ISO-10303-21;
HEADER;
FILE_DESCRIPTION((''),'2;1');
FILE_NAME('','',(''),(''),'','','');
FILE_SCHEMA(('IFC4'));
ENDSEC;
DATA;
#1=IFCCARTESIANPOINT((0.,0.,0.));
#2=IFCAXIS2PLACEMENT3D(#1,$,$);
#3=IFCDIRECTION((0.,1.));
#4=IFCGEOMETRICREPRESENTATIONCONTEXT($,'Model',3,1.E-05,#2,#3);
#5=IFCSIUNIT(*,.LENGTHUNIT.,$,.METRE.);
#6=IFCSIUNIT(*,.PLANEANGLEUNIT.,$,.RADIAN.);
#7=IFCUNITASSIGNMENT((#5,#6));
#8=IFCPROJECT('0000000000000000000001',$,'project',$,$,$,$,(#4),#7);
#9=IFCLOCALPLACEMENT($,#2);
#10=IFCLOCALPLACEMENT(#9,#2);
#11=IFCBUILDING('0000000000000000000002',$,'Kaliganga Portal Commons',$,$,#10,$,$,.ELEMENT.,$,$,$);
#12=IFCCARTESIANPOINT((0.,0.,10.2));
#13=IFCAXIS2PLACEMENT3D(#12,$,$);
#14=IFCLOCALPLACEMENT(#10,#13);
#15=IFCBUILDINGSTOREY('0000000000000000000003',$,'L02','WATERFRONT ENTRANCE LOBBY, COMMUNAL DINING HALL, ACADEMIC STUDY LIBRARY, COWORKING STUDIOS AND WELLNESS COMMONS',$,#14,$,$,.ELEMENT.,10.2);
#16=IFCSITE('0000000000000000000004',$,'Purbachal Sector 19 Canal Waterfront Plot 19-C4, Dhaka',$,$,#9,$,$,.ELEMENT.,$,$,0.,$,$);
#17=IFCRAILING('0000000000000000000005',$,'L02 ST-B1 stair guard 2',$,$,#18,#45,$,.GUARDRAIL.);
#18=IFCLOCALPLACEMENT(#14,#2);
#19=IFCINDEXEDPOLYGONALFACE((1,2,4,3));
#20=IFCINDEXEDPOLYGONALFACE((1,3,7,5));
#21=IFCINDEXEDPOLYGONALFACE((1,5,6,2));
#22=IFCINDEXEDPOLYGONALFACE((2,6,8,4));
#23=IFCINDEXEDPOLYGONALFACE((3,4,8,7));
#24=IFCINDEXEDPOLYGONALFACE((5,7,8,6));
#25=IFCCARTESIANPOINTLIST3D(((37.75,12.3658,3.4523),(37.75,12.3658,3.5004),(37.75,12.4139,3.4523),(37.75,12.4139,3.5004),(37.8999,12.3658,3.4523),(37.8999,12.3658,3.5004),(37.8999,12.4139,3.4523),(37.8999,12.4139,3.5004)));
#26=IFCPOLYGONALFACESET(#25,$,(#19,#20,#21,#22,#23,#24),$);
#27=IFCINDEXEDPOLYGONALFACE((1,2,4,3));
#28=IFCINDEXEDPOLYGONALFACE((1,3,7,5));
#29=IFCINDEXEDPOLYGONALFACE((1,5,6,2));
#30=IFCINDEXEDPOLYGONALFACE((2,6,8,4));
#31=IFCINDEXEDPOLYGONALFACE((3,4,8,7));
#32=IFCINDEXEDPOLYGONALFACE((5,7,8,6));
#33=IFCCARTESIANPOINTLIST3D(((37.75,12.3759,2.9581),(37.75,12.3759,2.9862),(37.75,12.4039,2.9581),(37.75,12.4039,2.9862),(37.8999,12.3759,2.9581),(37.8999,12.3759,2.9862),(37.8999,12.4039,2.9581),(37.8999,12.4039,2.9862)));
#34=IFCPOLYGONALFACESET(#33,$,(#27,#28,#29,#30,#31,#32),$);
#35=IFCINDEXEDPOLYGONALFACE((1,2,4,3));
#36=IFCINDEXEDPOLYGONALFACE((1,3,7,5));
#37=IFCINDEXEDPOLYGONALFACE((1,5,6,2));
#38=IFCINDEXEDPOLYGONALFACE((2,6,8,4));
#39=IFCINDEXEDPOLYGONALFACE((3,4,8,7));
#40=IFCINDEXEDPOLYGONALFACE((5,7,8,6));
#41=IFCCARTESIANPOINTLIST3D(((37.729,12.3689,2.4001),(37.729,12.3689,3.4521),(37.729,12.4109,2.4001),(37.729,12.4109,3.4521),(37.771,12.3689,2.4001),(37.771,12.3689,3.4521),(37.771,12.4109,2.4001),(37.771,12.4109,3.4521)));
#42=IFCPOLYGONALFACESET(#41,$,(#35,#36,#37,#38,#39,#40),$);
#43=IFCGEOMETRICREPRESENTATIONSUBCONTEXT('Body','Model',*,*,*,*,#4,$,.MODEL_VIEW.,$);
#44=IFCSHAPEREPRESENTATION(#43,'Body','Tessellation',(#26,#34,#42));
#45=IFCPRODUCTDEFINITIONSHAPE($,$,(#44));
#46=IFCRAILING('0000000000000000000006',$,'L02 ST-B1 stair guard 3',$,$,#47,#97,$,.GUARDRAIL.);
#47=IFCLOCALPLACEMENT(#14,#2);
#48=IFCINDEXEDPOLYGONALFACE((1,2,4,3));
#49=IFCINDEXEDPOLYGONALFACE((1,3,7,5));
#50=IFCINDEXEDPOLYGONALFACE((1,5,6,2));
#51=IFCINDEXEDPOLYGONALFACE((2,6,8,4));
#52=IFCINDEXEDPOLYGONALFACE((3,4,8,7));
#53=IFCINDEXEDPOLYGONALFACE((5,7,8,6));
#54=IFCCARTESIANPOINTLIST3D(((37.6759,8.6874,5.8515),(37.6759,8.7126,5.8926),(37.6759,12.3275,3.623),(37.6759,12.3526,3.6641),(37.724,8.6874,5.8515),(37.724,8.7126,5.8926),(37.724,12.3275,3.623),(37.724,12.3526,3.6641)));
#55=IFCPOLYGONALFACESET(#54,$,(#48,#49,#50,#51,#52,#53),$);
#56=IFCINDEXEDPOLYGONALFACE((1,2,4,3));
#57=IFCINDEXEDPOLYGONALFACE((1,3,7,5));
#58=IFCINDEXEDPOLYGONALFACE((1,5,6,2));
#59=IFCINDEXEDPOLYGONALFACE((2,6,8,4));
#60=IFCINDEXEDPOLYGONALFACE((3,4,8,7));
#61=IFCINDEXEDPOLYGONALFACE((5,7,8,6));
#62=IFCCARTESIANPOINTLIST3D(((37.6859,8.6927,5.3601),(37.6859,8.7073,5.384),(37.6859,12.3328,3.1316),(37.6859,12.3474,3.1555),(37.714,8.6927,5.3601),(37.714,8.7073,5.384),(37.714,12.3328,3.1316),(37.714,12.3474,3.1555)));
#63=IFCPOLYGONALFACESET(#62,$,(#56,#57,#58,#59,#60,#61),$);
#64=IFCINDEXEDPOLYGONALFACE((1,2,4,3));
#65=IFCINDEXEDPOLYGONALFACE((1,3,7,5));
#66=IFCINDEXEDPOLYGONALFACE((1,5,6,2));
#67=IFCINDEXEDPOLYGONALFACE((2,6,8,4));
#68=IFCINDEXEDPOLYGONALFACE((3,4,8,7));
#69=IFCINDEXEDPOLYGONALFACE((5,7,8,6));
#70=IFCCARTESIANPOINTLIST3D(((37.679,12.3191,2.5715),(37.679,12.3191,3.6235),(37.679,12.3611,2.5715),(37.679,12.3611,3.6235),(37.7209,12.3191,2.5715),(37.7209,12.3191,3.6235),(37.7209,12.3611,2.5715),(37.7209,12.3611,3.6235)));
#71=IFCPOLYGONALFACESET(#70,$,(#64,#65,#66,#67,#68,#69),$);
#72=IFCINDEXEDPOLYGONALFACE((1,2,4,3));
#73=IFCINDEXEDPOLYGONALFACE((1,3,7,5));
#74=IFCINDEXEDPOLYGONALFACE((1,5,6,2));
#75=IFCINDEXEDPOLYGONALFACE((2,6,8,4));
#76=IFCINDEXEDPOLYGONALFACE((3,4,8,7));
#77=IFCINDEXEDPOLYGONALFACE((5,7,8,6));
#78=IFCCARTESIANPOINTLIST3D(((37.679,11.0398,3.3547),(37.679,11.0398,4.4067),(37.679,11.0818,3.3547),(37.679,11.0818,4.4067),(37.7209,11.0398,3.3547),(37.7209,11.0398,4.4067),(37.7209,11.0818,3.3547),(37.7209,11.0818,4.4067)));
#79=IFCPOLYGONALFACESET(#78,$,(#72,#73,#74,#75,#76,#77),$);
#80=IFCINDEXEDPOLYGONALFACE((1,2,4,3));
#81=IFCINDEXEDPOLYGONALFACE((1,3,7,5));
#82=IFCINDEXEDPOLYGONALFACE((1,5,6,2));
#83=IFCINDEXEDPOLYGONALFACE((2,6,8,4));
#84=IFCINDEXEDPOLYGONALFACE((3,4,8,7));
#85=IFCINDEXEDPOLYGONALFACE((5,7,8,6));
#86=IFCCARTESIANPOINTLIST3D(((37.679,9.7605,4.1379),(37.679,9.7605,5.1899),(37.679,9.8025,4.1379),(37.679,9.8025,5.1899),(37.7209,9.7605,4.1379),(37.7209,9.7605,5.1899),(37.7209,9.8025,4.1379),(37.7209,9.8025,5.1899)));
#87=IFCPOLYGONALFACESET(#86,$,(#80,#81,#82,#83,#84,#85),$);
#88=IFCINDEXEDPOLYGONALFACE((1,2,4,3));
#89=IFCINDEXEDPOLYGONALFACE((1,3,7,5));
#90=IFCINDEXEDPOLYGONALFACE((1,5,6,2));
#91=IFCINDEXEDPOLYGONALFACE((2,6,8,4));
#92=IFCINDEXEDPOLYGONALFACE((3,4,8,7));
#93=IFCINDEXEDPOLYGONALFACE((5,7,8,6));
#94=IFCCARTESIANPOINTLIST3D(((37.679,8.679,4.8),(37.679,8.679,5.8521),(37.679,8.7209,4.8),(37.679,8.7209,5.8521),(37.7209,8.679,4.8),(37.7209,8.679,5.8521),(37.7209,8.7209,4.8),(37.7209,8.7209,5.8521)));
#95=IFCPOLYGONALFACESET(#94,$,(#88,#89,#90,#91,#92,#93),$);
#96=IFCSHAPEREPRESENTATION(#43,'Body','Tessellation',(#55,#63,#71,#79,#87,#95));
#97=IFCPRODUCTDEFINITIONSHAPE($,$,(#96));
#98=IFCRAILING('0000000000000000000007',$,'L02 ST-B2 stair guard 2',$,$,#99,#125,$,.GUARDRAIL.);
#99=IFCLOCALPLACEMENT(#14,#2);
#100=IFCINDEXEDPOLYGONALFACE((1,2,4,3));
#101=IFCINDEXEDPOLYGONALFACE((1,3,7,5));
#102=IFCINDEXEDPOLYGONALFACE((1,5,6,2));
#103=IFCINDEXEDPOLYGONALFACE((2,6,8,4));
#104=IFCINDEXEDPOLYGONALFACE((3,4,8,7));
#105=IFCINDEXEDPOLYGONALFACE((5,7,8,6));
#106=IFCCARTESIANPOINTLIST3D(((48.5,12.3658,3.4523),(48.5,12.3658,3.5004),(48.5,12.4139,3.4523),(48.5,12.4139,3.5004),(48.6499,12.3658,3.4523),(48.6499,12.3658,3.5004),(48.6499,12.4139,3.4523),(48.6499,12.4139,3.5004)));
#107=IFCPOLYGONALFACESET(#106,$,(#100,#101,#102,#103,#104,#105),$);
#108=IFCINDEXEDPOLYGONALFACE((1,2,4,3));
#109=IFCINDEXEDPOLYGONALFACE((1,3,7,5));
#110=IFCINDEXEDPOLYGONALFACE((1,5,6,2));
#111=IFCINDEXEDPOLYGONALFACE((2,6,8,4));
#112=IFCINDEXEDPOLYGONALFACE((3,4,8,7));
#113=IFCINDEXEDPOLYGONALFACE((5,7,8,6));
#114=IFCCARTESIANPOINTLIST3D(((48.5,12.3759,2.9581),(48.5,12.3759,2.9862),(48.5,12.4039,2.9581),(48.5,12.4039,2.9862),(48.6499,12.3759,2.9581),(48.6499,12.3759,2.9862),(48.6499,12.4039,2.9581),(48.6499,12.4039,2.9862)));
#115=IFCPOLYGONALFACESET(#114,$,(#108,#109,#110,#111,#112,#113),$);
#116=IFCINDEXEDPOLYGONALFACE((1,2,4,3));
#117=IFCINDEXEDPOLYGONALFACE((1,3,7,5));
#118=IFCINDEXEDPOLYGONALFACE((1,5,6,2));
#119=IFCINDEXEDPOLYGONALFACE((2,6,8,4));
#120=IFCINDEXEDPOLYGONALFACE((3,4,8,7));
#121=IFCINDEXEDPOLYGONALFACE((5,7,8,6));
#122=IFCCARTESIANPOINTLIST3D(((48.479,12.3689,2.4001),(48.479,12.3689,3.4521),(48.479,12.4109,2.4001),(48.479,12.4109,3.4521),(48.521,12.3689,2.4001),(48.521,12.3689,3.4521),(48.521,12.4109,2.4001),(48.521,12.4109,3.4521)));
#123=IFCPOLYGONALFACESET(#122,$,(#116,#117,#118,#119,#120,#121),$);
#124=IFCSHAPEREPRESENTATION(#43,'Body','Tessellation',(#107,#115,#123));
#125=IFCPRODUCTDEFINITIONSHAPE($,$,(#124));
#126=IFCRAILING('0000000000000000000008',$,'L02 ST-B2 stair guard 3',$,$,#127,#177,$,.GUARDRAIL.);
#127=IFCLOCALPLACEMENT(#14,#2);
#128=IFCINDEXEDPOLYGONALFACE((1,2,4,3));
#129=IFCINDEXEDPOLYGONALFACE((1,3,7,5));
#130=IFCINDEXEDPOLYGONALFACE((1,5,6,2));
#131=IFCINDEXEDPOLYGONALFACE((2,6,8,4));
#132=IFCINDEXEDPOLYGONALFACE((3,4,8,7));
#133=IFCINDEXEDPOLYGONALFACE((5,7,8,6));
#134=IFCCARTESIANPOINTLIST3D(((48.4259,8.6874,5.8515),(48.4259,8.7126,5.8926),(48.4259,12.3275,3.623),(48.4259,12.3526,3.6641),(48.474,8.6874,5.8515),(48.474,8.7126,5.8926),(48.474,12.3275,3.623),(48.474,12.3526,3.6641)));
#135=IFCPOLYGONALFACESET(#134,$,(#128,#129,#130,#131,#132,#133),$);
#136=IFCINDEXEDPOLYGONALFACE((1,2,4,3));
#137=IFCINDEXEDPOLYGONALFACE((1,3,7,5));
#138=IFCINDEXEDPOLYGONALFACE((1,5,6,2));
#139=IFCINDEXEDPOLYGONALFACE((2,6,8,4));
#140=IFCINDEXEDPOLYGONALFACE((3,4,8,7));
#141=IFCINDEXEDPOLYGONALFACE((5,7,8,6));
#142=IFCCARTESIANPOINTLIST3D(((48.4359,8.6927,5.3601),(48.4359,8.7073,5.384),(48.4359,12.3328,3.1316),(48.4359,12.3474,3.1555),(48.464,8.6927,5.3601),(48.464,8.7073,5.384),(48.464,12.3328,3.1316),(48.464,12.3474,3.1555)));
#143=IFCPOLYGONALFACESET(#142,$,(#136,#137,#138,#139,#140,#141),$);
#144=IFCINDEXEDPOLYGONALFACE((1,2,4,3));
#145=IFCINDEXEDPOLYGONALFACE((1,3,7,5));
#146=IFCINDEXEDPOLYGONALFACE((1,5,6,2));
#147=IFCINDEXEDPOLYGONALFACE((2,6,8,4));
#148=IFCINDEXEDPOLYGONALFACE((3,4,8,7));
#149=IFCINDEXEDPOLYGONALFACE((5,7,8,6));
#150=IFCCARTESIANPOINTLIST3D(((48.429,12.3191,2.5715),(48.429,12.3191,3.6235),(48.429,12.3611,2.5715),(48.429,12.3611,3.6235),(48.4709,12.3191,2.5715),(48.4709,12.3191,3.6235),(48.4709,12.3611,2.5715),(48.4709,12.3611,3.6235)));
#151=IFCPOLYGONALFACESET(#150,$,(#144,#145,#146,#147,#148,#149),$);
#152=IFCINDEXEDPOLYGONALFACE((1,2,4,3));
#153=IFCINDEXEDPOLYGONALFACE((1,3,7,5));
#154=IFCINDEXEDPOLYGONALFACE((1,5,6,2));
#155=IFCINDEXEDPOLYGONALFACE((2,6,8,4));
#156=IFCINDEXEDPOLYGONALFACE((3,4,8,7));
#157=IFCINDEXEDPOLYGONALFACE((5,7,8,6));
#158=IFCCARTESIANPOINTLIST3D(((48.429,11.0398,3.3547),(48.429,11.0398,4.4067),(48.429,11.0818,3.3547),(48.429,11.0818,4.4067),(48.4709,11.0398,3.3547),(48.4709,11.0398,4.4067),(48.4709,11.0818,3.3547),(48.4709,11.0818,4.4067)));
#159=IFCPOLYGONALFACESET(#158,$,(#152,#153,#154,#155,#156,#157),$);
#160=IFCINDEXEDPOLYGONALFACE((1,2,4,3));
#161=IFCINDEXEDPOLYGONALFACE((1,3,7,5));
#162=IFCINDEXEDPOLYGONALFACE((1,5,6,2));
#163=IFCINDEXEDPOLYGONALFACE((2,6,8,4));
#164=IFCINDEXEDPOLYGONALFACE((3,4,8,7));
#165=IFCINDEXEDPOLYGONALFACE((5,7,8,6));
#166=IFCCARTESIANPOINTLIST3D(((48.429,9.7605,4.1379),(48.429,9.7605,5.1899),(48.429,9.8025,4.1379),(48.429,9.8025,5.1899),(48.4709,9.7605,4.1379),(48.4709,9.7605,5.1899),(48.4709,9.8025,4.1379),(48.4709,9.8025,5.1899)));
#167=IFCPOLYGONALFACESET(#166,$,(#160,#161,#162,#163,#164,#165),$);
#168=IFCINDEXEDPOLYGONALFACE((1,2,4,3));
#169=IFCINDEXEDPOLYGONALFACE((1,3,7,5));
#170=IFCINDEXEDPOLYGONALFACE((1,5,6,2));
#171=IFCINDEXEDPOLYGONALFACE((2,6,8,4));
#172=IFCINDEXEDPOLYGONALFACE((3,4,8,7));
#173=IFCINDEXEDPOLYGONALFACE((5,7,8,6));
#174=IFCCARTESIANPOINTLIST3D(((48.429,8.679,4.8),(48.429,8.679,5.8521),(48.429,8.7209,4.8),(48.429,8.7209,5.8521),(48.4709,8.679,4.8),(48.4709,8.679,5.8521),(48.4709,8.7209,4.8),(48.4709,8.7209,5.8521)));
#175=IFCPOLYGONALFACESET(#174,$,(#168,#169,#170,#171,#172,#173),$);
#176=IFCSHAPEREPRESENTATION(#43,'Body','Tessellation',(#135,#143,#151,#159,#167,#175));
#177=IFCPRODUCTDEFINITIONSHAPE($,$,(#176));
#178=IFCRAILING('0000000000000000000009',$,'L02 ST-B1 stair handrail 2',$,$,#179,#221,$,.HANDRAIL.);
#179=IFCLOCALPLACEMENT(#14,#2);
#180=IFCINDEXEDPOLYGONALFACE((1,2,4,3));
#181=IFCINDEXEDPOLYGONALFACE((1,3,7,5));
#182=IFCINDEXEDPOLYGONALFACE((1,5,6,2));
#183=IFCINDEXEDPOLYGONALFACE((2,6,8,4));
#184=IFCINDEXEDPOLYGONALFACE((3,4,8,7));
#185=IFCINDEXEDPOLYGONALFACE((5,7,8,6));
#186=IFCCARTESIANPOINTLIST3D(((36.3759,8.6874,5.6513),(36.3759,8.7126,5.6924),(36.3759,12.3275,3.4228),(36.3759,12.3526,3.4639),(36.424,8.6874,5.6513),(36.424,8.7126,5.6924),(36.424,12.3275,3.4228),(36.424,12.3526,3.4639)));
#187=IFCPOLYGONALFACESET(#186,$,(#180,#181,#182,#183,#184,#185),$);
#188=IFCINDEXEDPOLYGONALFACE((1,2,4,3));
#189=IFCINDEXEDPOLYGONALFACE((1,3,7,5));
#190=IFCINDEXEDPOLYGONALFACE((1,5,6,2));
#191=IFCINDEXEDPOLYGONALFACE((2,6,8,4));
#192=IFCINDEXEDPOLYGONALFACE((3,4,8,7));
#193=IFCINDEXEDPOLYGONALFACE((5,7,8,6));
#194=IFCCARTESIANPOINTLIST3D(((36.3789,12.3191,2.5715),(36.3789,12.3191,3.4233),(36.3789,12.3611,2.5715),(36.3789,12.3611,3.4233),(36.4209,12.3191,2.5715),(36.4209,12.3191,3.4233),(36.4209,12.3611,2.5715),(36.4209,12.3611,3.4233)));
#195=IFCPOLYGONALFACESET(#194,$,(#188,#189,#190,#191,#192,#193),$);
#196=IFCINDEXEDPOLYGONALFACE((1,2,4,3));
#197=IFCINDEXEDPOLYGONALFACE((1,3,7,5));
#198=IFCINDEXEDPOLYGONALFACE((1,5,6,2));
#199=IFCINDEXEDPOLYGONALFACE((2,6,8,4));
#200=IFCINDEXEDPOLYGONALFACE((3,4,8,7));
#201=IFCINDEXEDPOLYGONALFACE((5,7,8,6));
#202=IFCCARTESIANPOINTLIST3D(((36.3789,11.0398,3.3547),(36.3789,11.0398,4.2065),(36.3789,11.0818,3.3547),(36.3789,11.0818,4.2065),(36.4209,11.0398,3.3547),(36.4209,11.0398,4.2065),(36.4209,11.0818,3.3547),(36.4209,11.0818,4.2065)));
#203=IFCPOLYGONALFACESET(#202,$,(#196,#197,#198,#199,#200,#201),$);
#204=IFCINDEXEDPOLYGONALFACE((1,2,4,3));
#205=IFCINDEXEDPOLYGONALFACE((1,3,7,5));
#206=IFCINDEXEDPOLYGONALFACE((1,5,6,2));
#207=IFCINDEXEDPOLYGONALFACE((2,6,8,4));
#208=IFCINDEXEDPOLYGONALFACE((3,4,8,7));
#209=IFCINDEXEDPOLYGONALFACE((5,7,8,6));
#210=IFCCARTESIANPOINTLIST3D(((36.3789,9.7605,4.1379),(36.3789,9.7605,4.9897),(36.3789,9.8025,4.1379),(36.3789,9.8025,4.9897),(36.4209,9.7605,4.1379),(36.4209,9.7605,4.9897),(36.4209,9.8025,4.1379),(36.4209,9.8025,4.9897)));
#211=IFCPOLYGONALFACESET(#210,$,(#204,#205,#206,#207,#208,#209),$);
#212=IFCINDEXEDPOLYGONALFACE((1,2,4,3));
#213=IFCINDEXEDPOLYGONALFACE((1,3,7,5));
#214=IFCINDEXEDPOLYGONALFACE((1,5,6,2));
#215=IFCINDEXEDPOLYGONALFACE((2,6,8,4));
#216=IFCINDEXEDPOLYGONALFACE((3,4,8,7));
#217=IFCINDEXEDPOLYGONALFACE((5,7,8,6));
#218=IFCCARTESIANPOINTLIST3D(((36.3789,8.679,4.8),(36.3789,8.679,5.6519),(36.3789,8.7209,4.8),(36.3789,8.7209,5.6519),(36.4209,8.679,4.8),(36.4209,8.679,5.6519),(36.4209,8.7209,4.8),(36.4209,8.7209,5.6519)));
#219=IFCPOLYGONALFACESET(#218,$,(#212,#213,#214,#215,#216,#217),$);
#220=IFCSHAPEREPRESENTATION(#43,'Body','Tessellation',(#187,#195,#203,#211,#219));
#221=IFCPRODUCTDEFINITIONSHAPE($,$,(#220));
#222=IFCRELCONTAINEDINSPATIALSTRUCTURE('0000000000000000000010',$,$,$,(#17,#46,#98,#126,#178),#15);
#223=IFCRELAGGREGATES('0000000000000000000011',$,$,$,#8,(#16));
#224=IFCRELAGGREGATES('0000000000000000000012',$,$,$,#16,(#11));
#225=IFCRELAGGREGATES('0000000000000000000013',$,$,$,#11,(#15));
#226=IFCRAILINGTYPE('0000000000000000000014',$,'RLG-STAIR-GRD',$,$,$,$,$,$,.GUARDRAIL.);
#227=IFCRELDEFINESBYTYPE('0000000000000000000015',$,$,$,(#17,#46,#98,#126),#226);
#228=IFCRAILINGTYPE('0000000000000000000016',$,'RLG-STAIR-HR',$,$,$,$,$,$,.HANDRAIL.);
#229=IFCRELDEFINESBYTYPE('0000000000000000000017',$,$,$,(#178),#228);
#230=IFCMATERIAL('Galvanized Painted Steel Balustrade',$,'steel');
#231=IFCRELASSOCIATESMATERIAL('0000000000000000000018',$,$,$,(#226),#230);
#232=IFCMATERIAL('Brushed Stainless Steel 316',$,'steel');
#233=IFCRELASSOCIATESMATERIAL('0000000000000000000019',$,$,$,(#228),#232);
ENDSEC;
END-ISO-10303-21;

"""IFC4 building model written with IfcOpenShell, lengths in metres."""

from ifc_helpers import new_model, si_unit, direction, frame, origin, origin_2d, place, context, subcontext, project, spatial, rectangle, extrude, material, type_object, element, save


model = new_model("IFC4")

# Units and contexts
model_context = context("Model", 3, precision=1e-05, world=origin(), true_north=direction((0.0, 1.0)))
body_context = subcontext(model_context, "Body", "Model", "MODEL_VIEW")
ifc_project = project(units=[si_unit("LENGTHUNIT", "METRE"), si_unit("PLANEANGLEUNIT", "RADIAN")], contexts=[model_context])

# Site, building, storey
site_placement = place(None, origin())
site = spatial("IfcSite", under=ifc_project, at=site_placement, Name="Purbachal Sector 19 Canal Waterfront Plot 19-C4, Dhaka", CompositionType="ELEMENT", RefElevation=0.0)
building_placement = place(site_placement, origin())
building = spatial("IfcBuilding", under=site, at=building_placement, Name="Kaliganga Portal Commons", CompositionType="ELEMENT")
storey_placement = place(building_placement, frame((0.0, 0.0, 10.2)))
storey = spatial("IfcBuildingStorey", under=building, at=storey_placement, Name="L02", Description="WATERFRONT ENTRANCE LOBBY, COMMUNAL DINING HALL, ACADEMIC STUDY LIBRARY, COWORKING STUDIOS AND WELLNESS COMMONS", CompositionType="ELEMENT", Elevation=10.2)

# Railings
ifc_material_1 = material(Name="Galvanized Painted Steel Balustrade", Category="steel")
railing_type_1 = type_object("IfcRailingType", Name="RLG-STAIR-GRD", PredefinedType="GUARDRAIL", material=ifc_material_1)
railing_1_placement = place(storey_placement, frame((37.8999, 12.3899, 2.4001)))
element("IfcRailing", 1, at=railing_1_placement, inside=storey, type_object=railing_type_1, Name="L02 ST-B1 stair guard 2", PredefinedType="GUARDRAIL", context=body_context, shape_type="SweptSolid", body=[
    extrude(rectangle(XDim=0.0481, YDim=0.0481, at=origin_2d()), frame((0.0, 0.0, 1.0762), z_axis=(-1.0, 0.0, 0.0), x_axis=(0.0, -1.0, 0.0)), (0.0, 0.0, 1.0), 0.1499),
    extrude(rectangle(XDim=0.0281, YDim=0.0281, at=origin_2d()), frame((0.0, 0.0, 0.572), z_axis=(-1.0, 0.0, 0.0), x_axis=(0.0, -1.0, 0.0)), (0.0, 0.0, 1.0), 0.1499),
    extrude(rectangle(XDim=0.042, YDim=0.042, at=origin_2d()), frame((-0.1499, 0.0, 0.0)), (0.0, 0.0, 1.0), 1.052),
])
railing_2_placement = place(storey_placement, frame((37.7, 12.3401, 2.5715)))
element("IfcRailing", 2, at=railing_2_placement, inside=storey, type_object=railing_type_1, Name="L02 ST-B1 stair guard 3", PredefinedType="GUARDRAIL", context=body_context, shape_type="SweptSolid", body=[
    extrude(rectangle(XDim=0.0481, YDim=0.0481, at=origin_2d()), frame((0.0, 0.0, 1.072), z_axis=(0.0, -0.852866, 0.52213), x_axis=(1.0, 0.0, 0.0)), (0.0, 0.0, 1.0), 4.2681),
    extrude(rectangle(XDim=0.0281, YDim=0.0281, at=origin_2d()), frame((0.0, 0.0, 0.572), z_axis=(0.0, -0.852866, 0.52213), x_axis=(1.0, 0.0, 0.0)), (0.0, 0.0, 1.0), 4.2681),
    extrude(rectangle(XDim=0.042, YDim=0.042, at=origin_2d()), origin(), (0.0, 0.0, 1.0), 1.052),
    extrude(rectangle(XDim=0.042, YDim=0.042, at=origin_2d()), frame((0.0, -1.2793, 0.7832)), (0.0, 0.0, 1.0), 1.052),
    extrude(rectangle(XDim=0.042, YDim=0.042, at=origin_2d()), frame((0.0, -2.5586, 1.5664)), (0.0, 0.0, 1.0), 1.052),
    extrude(rectangle(XDim=0.042, YDim=0.042, at=origin_2d()), frame((0.0, -3.6401, 2.2285)), (0.0, 0.0, 1.0), 1.052),
])
railing_3_placement = place(storey_placement, frame((48.6499, 12.3899, 2.4001)))
element("IfcRailing", 3, at=railing_3_placement, inside=storey, type_object=railing_type_1, Name="L02 ST-B2 stair guard 2", PredefinedType="GUARDRAIL", context=body_context, shape_type="SweptSolid", body=[
    extrude(rectangle(XDim=0.0481, YDim=0.0481, at=origin_2d()), frame((0.0, 0.0, 1.0762), z_axis=(-1.0, 0.0, 0.0), x_axis=(0.0, -1.0, 0.0)), (0.0, 0.0, 1.0), 0.1499),
    extrude(rectangle(XDim=0.0281, YDim=0.0281, at=origin_2d()), frame((0.0, 0.0, 0.572), z_axis=(-1.0, 0.0, 0.0), x_axis=(0.0, -1.0, 0.0)), (0.0, 0.0, 1.0), 0.1499),
    extrude(rectangle(XDim=0.042, YDim=0.042, at=origin_2d()), frame((-0.1499, 0.0, 0.0)), (0.0, 0.0, 1.0), 1.052),
])
railing_4_placement = place(storey_placement, frame((48.45, 12.3401, 2.5715)))
element("IfcRailing", 4, at=railing_4_placement, inside=storey, type_object=railing_type_1, Name="L02 ST-B2 stair guard 3", PredefinedType="GUARDRAIL", context=body_context, shape_type="SweptSolid", body=[
    extrude(rectangle(XDim=0.0481, YDim=0.0481, at=origin_2d()), frame((0.0, 0.0, 1.072), z_axis=(0.0, -0.852866, 0.52213), x_axis=(1.0, 0.0, 0.0)), (0.0, 0.0, 1.0), 4.2681),
    extrude(rectangle(XDim=0.0281, YDim=0.0281, at=origin_2d()), frame((0.0, 0.0, 0.572), z_axis=(0.0, -0.852866, 0.52213), x_axis=(1.0, 0.0, 0.0)), (0.0, 0.0, 1.0), 4.2681),
    extrude(rectangle(XDim=0.042, YDim=0.042, at=origin_2d()), origin(), (0.0, 0.0, 1.0), 1.052),
    extrude(rectangle(XDim=0.042, YDim=0.042, at=origin_2d()), frame((0.0, -1.2793, 0.7832)), (0.0, 0.0, 1.0), 1.052),
    extrude(rectangle(XDim=0.042, YDim=0.042, at=origin_2d()), frame((0.0, -2.5586, 1.5664)), (0.0, 0.0, 1.0), 1.052),
    extrude(rectangle(XDim=0.042, YDim=0.042, at=origin_2d()), frame((0.0, -3.6401, 2.2285)), (0.0, 0.0, 1.0), 1.052),
])
ifc_material_2 = material(Name="Brushed Stainless Steel 316", Category="steel")
railing_type_2 = type_object("IfcRailingType", Name="RLG-STAIR-HR", PredefinedType="HANDRAIL", material=ifc_material_2)
for number, where, name in (
    (5, (36.3999, 12.3401, 2.5715), "L02 ST-B1 stair handrail 2"),
):
    element("IfcRailing", number, at=place(storey_placement, frame(where)), inside=storey, type_object=railing_type_2, Name=name, PredefinedType="HANDRAIL", context=body_context, shape_type="SweptSolid", body=[
        extrude(rectangle(XDim=0.0481, YDim=0.0481, at=origin_2d()), frame((0.0, 0.0, 0.8718), z_axis=(0.0, -0.852866, 0.52213), x_axis=(1.0, 0.0, 0.0)), (0.0, 0.0, 1.0), 4.2681),
        extrude(rectangle(XDim=0.042, YDim=0.042, at=origin_2d()), origin(), (0.0, 0.0, 1.0), 0.8518),
        extrude(rectangle(XDim=0.042, YDim=0.042, at=origin_2d()), frame((0.0, -1.2793, 0.7832)), (0.0, 0.0, 1.0), 0.8518),
        extrude(rectangle(XDim=0.042, YDim=0.042, at=origin_2d()), frame((0.0, -2.5586, 1.5664)), (0.0, 0.0, 1.0), 0.8518),
        extrude(rectangle(XDim=0.042, YDim=0.042, at=origin_2d()), frame((0.0, -3.6401, 2.2285)), (0.0, 0.0, 1.0), 0.8518),
    ])

save(model, "model.ifc")
